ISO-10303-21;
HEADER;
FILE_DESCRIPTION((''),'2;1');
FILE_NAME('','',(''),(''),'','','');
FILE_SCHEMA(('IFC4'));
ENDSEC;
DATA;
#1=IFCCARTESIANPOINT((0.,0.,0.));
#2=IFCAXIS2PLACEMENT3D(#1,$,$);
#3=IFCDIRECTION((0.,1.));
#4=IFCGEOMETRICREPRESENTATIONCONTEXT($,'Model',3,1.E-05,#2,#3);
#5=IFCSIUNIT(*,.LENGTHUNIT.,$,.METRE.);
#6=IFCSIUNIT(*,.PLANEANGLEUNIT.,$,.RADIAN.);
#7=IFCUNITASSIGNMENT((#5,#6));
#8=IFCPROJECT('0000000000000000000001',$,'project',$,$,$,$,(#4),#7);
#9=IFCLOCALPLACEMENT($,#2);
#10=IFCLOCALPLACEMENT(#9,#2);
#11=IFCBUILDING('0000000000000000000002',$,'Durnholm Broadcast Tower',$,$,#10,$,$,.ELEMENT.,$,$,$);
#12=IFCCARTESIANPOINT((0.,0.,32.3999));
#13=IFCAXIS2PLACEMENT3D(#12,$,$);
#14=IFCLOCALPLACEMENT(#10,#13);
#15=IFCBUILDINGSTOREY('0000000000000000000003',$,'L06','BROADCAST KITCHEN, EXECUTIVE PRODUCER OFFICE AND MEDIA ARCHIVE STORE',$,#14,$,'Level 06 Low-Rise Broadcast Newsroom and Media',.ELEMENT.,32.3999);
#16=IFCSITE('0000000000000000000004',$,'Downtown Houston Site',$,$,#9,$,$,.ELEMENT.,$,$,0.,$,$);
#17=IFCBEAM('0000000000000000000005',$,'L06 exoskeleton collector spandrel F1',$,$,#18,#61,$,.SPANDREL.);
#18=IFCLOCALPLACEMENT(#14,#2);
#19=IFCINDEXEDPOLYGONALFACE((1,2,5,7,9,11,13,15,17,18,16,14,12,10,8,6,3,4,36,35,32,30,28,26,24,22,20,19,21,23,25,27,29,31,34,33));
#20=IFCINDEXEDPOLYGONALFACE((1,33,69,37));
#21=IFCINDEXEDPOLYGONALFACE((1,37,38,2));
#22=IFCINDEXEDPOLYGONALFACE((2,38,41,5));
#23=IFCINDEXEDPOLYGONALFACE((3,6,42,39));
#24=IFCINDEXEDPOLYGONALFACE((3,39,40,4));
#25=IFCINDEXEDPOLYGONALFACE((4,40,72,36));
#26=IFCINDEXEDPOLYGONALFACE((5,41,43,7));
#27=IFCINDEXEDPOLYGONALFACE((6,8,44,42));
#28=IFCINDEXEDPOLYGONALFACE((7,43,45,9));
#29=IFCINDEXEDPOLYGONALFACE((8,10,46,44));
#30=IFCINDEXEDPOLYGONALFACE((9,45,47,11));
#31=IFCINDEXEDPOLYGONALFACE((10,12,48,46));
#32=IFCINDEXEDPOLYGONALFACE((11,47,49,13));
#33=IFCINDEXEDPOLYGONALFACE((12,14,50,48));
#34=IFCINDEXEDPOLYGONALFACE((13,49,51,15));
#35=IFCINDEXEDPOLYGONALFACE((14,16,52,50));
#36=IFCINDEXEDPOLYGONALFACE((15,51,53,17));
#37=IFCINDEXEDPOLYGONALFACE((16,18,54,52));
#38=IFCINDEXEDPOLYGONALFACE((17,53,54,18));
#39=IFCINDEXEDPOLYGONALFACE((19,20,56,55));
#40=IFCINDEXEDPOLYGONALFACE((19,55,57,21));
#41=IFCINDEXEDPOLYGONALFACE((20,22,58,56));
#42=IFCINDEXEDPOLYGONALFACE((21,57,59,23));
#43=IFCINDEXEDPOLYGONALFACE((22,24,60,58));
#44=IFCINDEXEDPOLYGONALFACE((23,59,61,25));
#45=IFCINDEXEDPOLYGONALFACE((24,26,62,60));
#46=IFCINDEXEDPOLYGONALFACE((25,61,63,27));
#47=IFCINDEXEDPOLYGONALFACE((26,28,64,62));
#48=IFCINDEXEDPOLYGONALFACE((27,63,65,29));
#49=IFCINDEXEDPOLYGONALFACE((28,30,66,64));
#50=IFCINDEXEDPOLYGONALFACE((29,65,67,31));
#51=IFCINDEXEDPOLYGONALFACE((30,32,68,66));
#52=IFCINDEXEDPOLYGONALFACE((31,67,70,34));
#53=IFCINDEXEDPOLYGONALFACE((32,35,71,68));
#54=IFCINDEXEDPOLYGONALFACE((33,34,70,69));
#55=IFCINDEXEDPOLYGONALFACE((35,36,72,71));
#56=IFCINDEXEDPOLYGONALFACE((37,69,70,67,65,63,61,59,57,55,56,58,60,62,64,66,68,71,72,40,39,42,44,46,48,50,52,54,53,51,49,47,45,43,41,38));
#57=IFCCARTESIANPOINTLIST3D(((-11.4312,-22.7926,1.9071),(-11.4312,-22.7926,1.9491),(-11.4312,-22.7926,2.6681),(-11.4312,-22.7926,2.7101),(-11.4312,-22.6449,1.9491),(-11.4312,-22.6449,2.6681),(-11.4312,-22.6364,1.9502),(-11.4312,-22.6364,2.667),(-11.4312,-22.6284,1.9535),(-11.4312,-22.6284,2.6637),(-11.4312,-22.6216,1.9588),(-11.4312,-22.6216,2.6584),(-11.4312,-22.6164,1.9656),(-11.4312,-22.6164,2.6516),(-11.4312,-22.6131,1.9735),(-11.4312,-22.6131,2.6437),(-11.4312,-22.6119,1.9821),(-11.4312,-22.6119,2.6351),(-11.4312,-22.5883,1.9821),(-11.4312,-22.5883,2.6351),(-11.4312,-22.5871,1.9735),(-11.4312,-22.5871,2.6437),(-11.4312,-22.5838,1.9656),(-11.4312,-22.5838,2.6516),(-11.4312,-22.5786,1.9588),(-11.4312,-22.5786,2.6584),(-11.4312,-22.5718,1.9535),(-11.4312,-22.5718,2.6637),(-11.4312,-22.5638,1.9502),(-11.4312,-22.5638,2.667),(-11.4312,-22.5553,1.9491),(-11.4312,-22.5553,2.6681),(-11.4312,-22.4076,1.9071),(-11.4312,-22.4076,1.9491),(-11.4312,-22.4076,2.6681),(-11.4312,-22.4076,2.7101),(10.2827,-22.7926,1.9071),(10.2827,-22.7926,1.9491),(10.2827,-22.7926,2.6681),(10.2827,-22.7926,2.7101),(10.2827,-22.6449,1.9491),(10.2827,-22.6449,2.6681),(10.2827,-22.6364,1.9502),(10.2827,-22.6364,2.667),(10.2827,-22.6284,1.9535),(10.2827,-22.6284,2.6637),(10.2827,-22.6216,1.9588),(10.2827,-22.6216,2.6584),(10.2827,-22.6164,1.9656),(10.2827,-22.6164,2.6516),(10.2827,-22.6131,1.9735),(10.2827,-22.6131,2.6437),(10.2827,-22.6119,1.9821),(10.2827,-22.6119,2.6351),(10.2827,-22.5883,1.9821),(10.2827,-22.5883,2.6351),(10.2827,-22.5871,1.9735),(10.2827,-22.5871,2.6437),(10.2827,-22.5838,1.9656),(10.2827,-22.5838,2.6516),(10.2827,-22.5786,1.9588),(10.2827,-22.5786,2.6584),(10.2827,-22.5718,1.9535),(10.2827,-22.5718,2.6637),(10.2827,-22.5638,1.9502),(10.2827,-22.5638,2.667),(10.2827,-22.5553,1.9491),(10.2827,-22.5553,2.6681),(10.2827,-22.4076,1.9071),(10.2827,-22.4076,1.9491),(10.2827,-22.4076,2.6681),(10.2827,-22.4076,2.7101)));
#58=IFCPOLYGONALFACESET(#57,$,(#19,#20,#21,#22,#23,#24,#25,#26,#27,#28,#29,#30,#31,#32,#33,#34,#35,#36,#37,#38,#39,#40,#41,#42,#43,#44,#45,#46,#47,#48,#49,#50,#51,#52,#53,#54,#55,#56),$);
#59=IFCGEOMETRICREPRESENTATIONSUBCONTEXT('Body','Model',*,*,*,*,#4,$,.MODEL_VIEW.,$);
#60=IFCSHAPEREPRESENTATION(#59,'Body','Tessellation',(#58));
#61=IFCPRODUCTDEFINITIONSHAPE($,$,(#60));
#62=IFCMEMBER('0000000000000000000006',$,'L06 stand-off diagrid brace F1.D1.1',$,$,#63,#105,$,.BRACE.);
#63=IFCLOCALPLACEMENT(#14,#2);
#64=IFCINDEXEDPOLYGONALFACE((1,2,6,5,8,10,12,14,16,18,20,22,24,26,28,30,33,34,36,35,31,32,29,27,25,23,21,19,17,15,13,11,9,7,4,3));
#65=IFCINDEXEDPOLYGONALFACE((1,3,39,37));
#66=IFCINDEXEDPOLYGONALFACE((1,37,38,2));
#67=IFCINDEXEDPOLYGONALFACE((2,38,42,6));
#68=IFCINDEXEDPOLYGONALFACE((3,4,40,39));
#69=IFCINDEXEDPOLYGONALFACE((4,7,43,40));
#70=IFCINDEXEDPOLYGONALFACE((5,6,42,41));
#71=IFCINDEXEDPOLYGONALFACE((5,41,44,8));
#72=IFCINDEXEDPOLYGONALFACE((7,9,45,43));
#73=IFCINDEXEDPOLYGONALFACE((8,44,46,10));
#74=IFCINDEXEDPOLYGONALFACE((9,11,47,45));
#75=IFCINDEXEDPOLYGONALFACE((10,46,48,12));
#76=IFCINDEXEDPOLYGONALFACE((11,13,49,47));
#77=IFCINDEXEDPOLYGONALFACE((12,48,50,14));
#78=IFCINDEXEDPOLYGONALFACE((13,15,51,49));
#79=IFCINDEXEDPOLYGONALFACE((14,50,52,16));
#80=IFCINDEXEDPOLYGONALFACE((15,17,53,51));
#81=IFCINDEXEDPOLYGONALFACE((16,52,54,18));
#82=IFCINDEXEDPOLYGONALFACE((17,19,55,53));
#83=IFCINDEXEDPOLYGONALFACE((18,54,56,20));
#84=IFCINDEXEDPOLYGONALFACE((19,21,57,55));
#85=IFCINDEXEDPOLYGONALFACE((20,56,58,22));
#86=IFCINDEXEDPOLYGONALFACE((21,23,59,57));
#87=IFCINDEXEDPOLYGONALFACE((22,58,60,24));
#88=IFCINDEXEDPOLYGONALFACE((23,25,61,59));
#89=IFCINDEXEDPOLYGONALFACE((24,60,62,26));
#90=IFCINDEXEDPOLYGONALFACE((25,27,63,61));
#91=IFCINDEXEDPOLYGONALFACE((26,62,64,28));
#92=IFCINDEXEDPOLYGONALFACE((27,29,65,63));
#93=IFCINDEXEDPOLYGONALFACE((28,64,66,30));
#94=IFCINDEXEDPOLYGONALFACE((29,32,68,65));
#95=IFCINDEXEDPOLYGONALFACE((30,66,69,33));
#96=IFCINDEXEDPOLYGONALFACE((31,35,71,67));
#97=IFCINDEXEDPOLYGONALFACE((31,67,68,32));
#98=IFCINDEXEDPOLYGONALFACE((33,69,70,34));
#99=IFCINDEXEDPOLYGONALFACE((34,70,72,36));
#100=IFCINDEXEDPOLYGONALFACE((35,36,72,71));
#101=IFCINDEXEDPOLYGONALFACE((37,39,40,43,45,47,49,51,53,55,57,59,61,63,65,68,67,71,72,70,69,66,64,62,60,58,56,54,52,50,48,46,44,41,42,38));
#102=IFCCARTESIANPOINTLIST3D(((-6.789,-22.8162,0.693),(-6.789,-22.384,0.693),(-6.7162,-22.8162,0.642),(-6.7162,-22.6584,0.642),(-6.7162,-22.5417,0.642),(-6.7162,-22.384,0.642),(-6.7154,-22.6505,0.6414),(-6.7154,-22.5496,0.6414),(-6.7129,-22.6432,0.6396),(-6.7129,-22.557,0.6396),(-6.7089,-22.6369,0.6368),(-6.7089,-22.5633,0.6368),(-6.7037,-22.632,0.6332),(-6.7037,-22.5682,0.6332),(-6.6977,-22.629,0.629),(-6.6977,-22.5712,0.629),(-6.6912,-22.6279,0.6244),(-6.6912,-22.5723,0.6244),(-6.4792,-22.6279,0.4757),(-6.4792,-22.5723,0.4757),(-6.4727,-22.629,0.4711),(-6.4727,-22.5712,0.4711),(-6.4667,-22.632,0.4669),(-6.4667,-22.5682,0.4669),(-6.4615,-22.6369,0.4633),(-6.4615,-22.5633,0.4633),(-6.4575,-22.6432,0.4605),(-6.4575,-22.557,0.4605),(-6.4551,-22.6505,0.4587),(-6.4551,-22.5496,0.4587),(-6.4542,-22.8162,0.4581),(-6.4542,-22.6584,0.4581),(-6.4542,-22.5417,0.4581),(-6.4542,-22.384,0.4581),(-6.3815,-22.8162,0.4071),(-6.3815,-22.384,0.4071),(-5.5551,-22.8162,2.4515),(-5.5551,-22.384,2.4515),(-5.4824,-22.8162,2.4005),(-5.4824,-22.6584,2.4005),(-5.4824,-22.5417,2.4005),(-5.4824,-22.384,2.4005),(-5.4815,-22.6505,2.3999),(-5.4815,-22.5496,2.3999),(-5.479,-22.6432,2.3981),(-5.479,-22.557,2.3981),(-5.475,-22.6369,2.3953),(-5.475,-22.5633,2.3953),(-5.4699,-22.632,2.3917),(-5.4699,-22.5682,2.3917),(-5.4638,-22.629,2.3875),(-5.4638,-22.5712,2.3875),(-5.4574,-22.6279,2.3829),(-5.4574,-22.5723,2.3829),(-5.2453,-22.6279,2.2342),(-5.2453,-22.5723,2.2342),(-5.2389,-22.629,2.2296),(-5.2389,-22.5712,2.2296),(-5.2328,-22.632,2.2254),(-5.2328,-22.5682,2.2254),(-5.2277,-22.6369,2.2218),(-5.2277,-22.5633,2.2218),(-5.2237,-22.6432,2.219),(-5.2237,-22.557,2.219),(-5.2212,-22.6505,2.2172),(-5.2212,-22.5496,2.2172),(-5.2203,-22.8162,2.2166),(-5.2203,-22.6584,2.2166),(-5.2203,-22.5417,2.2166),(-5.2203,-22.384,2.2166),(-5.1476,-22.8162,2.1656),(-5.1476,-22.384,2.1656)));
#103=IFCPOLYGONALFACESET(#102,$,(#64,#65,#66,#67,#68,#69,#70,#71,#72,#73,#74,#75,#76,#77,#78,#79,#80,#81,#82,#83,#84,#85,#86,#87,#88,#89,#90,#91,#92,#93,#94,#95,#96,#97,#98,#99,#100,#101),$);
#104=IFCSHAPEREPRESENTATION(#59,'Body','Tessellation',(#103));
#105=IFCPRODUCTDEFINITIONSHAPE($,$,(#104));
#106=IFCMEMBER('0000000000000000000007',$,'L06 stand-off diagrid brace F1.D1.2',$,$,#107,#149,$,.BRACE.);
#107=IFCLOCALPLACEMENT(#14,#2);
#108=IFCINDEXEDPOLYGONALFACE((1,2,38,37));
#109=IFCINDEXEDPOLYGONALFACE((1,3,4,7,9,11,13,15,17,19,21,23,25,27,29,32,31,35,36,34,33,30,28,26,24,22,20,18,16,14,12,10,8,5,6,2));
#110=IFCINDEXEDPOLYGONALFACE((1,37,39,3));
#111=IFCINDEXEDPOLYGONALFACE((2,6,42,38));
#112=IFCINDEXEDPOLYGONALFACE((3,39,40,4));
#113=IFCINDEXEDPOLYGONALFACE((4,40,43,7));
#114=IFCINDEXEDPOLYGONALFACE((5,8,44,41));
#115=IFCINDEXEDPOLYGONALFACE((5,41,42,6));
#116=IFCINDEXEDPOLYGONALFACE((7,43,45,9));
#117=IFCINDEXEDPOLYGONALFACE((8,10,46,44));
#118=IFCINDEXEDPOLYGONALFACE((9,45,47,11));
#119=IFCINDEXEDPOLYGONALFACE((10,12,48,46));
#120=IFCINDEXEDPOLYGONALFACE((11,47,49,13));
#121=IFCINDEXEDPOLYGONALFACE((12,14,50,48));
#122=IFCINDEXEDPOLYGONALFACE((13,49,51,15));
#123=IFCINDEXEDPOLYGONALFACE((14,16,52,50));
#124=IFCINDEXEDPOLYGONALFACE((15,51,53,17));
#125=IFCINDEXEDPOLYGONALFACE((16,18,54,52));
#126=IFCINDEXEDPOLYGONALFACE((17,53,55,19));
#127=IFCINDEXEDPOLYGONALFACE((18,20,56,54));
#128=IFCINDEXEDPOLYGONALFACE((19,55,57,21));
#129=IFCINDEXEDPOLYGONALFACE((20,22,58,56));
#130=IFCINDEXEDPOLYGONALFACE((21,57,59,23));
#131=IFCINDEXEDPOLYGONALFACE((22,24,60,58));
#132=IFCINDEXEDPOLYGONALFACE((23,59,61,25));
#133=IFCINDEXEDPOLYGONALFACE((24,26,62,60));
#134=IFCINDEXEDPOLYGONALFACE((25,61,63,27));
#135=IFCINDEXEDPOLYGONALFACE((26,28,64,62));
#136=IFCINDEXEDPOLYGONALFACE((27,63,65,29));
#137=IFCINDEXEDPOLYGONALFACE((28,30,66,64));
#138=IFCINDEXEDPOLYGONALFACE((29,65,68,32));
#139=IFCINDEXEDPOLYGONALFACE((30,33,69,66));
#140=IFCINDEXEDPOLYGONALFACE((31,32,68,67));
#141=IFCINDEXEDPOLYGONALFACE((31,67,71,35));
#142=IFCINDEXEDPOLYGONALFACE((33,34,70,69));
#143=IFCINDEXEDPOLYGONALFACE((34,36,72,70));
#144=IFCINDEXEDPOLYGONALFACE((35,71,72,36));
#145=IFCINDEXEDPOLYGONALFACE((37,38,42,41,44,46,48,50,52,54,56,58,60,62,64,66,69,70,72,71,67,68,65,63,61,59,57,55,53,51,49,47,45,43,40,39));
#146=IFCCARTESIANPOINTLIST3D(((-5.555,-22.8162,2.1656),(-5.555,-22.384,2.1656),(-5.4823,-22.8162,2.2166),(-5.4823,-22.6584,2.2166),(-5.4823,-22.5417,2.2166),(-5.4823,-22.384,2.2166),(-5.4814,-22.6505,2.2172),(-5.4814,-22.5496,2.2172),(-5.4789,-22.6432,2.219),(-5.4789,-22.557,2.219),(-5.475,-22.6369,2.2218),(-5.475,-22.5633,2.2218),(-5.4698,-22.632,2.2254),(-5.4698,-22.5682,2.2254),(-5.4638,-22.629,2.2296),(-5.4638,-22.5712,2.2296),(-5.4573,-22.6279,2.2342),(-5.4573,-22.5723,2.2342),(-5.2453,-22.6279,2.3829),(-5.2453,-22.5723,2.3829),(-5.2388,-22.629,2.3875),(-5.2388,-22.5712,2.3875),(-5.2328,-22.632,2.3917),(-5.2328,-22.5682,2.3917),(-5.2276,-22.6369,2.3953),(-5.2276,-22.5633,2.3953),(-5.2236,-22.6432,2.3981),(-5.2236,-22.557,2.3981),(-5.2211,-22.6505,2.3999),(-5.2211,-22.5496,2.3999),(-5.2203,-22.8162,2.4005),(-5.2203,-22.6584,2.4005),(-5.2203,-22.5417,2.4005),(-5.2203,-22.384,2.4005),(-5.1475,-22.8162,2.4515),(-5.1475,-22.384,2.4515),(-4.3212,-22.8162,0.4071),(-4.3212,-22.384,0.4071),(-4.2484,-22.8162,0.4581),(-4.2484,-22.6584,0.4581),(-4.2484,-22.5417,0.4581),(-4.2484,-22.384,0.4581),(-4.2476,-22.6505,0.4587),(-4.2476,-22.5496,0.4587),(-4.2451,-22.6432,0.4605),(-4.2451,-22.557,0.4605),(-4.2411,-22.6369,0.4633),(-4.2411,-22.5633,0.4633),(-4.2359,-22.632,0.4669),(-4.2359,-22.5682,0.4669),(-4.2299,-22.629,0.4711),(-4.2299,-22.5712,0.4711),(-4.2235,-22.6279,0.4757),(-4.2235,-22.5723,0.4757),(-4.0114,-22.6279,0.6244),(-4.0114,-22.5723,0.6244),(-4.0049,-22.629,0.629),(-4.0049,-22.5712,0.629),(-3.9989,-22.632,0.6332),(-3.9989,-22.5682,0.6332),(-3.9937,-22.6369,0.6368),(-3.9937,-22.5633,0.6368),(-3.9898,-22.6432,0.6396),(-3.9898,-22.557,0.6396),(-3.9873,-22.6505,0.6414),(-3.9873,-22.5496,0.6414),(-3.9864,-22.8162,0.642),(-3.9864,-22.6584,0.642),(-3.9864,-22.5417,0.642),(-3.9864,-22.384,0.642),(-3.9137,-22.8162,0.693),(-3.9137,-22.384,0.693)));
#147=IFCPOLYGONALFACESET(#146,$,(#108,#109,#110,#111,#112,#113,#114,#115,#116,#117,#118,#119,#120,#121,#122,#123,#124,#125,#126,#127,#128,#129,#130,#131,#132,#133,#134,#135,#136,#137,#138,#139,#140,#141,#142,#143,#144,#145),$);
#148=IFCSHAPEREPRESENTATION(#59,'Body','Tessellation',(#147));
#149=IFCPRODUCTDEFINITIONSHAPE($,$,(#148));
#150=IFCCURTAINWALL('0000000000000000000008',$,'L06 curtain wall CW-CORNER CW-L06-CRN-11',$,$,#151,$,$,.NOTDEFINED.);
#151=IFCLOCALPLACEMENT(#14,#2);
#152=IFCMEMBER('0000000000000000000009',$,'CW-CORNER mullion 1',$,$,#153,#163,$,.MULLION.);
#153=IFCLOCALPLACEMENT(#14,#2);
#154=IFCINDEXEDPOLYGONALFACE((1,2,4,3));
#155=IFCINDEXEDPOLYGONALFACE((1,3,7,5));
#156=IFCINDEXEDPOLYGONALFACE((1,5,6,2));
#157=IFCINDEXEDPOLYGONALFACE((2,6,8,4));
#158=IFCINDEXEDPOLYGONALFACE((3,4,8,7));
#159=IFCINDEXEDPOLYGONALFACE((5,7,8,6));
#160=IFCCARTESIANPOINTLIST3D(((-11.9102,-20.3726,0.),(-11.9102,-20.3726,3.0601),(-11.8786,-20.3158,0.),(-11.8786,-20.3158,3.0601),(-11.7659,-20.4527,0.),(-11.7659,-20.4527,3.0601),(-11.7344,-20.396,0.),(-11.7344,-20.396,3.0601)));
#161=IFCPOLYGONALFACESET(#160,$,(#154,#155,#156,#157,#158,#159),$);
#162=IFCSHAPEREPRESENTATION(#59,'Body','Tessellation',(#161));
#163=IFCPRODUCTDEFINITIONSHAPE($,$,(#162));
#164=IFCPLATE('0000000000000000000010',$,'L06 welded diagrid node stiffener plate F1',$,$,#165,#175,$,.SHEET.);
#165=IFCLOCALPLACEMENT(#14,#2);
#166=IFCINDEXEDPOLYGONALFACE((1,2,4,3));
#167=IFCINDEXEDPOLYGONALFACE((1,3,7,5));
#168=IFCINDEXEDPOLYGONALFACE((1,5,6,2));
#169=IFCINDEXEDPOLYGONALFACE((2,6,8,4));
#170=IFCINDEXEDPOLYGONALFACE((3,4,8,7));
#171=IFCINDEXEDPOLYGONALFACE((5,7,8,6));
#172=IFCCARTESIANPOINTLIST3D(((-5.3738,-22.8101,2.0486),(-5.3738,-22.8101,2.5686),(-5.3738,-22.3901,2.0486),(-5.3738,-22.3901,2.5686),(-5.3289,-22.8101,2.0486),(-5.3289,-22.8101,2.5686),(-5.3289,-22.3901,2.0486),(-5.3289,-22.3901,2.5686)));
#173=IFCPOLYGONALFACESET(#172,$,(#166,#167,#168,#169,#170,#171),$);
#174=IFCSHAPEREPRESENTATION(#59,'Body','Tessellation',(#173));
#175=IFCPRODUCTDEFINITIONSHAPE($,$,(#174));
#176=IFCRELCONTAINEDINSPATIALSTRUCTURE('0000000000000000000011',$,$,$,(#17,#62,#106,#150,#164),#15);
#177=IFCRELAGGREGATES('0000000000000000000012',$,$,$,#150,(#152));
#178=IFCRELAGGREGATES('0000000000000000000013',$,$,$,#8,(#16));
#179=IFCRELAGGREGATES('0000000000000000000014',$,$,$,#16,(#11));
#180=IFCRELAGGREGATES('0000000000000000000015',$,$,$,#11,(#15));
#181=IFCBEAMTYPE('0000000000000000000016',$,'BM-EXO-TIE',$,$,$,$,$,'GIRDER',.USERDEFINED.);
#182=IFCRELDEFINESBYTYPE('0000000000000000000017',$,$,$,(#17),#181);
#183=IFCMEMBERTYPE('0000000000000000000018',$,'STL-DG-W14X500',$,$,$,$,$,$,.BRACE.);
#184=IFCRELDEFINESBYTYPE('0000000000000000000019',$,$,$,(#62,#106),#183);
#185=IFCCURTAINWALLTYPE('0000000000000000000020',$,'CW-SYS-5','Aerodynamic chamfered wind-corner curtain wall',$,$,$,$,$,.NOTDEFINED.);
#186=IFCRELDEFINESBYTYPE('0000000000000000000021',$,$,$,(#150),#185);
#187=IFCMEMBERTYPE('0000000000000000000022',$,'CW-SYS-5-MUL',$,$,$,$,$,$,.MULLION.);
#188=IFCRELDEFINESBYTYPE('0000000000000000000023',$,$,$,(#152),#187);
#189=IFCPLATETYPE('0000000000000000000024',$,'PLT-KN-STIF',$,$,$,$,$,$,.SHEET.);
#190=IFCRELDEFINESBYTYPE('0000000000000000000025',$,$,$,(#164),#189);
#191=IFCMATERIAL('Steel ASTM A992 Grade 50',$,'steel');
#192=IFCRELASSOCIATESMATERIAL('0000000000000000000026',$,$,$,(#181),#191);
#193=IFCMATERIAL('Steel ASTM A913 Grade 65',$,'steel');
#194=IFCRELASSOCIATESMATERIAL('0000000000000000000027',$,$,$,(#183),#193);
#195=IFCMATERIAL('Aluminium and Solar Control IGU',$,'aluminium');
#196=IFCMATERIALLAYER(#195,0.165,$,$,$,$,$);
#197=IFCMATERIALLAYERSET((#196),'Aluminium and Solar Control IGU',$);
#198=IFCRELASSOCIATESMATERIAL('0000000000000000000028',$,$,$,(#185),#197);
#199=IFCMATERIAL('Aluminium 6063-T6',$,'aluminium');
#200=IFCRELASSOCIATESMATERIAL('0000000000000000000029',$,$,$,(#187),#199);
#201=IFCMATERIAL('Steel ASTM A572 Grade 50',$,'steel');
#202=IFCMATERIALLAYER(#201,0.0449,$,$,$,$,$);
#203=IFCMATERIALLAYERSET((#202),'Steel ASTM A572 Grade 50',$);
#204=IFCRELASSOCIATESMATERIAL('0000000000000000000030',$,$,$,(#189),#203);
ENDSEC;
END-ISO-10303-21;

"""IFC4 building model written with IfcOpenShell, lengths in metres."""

from ifc_helpers import new_model, si_unit, direction, frame, origin, origin_2d, place, context, subcontext, project, spatial, rectangle, i_section, extrude, source, transform, mapped, material, layer, layer_set, material_profile, profile_set, type_object, type_shapes, element, aggregate, save


model = new_model("IFC4")

# Units and contexts
model_context = context("Model", 3, precision=1e-05, world=origin(), true_north=direction((0.0, 1.0)))
body_context = subcontext(model_context, "Body", "Model", "MODEL_VIEW")
ifc_project = project(units=[si_unit("LENGTHUNIT", "METRE"), si_unit("PLANEANGLEUNIT", "RADIAN")], contexts=[model_context])

# Site, building, storey
site_placement = place(None, origin())
site = spatial("IfcSite", under=ifc_project, at=site_placement, Name="Downtown Houston Site", CompositionType="ELEMENT", RefElevation=0.0)
building_placement = place(site_placement, origin())
building = spatial("IfcBuilding", under=site, at=building_placement, Name="Durnholm Broadcast Tower", CompositionType="ELEMENT")
storey_placement = place(building_placement, frame((0.0, 0.0, 32.3999)))
storey = spatial("IfcBuildingStorey", under=building, at=storey_placement, Name="L06", Description="BROADCAST KITCHEN, EXECUTIVE PRODUCER OFFICE AND MEDIA ARCHIVE STORE", LongName="Level 06 Low-Rise Broadcast Newsroom and Media", CompositionType="ELEMENT", Elevation=32.3999)

# Beam
ifc_material_1 = material(Name="Steel ASTM A992 Grade 50", Category="steel")
ifc_material_profile_1 = material_profile(ifc_material_1, i_section(OverallWidth=0.385, OverallDepth=0.803, WebThickness=0.0237, FlangeThickness=0.042, FilletRadius=0.033, at=origin_2d()), Name="W30X261")
ifc_profile_set_1 = profile_set([ifc_material_profile_1], Name="Steel ASTM A992 Grade 50")
beam_type_1 = type_object("IfcBeamType", Name="BM-EXO-TIE", ElementType="GIRDER", PredefinedType="USERDEFINED", material=ifc_profile_set_1)
shared_shape_1 = source(origin(), body_context, "Body", "SweptSolid", [
    extrude(i_section(OverallWidth=0.385, OverallDepth=0.803, WebThickness=0.0237, FlangeThickness=0.042, FilletRadius=0.033, at=origin_2d()), origin(), (0.0, 0.0, 1.0), 21.7139),
])
for number, where, z_axis, x_axis, name in (
    (1, (-11.4312, -22.6001, 2.3086), (1.0, 0.0, 0.0), (0.0, 1.0, 0.0), "L06 exoskeleton collector spandrel F1"),
):
    element("IfcBeam", number, at=place(storey_placement, frame(where, z_axis=z_axis, x_axis=x_axis)), inside=storey, type_object=beam_type_1, Name=name, PredefinedType="SPANDREL", context=body_context, shape_type="MappedRepresentation", body=[
        mapped(shared_shape_1, transform((0.0, 0.0, 0.0), x_axis=(1.0, 0.0, 0.0), y_axis=(0.0, 1.0, 0.0), z_axis=(0.0, 0.0, 1.0), scale=1.0)),
    ])

# Members
ifc_material_2 = material(Name="Steel ASTM A913 Grade 65", Category="steel")
ifc_material_profile_2 = material_profile(ifc_material_2, i_section(OverallWidth=0.4321, OverallDepth=0.4978, WebThickness=0.0557, FlangeThickness=0.0889, FilletRadius=0.0305, at=origin_2d()), Name="W14X500")
ifc_profile_set_2 = profile_set([ifc_material_profile_2], Name="Steel ASTM A913 Grade 65")
member_type_1 = type_object("IfcMemberType", Name="STL-DG-W14X500", PredefinedType="BRACE", material=ifc_profile_set_2)
shared_shape_2 = source(origin(), body_context, "Body", "SweptSolid", [
    extrude(i_section(OverallWidth=0.4321, OverallDepth=0.4978, WebThickness=0.0557, FlangeThickness=0.0889, FilletRadius=0.0305, at=origin_2d()), origin(), (0.0, 0.0, 1.0), 2.1482),
])
type_shapes(member_type_1, [shared_shape_2])
for number, where, z_axis, x_axis, name in (
    (2, (-6.5852, -22.6001, 0.55), (0.57437, 0.0, 0.818596), (0.0, 1.0, 0.0), "L06 stand-off diagrid brace F1.D1.1"),
    (3, (-4.1174, -22.6001, 0.55), (-0.57437, 0.0, 0.818596), (0.0, -1.0, 0.0), "L06 stand-off diagrid brace F1.D1.2"),
):
    element("IfcMember", number, at=place(storey_placement, frame(where, z_axis=z_axis, x_axis=x_axis)), inside=storey, type_object=member_type_1, Name=name, PredefinedType="BRACE", context=body_context, shape_type="MappedRepresentation", body=[
        mapped(shared_shape_2, transform((0.0, 0.0, 0.0), x_axis=(1.0, 0.0, 0.0), y_axis=(0.0, 1.0, 0.0), z_axis=(0.0, 0.0, 1.0), scale=1.0)),
    ])

# Curtain wall, member
ifc_material_3 = material(Name="Aluminium and Solar Control IGU", Category="aluminium")
ifc_layer_1 = layer(ifc_material_3, 0.165)
ifc_layer_set_1 = layer_set([ifc_layer_1], Name="Aluminium and Solar Control IGU")
curtain_wall_type = type_object("IfcCurtainWallType", Name="CW-SYS-5", Description="Aerodynamic chamfered wind-corner curtain wall", PredefinedType="NOTDEFINED", material=ifc_layer_set_1)
curtain_wall_placement = place(storey_placement, origin())
curtain_wall = element("IfcCurtainWall", 4, at=curtain_wall_placement, inside=storey, type_object=curtain_wall_type, Name="L06 curtain wall CW-CORNER CW-L06-CRN-11", PredefinedType="NOTDEFINED")
ifc_material_4 = material(Name="Aluminium 6063-T6", Category="aluminium")
ifc_material_profile_3 = material_profile(ifc_material_4, rectangle(XDim=0.0649, YDim=0.165, at=origin_2d()), Name="CWM65X165")
ifc_profile_set_3 = profile_set([ifc_material_profile_3], Name="Aluminium 6063-T6")
member_type_2 = type_object("IfcMemberType", Name="CW-SYS-5-MUL", PredefinedType="MULLION", material=ifc_profile_set_3)
shared_shape_3 = source(origin(), body_context, "Body", "SweptSolid", [
    extrude(rectangle(XDim=0.0649, YDim=0.165, at=origin_2d()), origin(), (0.0, 0.0, 1.0), 3.0601),
])
type_shapes(member_type_2, [shared_shape_3])
member_placement = place(storey_placement, frame((-11.8223, -20.3843, 0.0), z_axis=(0.0, 0.0, 1.0), x_axis=(-0.485483, -0.874246, 0.0)))
member = element("IfcMember", 5, at=member_placement, type_object=member_type_2, Name="CW-CORNER mullion 1", PredefinedType="MULLION", context=body_context, shape_type="MappedRepresentation", body=[
    mapped(shared_shape_3, transform((0.0, 0.0, 0.0), x_axis=(1.0, 0.0, 0.0), y_axis=(0.0, 1.0, 0.0), z_axis=(0.0, 0.0, 1.0), scale=1.0)),
])
aggregate(curtain_wall, [member])

# Plate
ifc_material_5 = material(Name="Steel ASTM A572 Grade 50", Category="steel")
ifc_layer_2 = layer(ifc_material_5, 0.0449)
ifc_layer_set_2 = layer_set([ifc_layer_2], Name="Steel ASTM A572 Grade 50")
plate_type_1 = type_object("IfcPlateType", Name="PLT-KN-STIF", PredefinedType="SHEET", material=ifc_layer_set_2)
shared_shape_4 = source(origin(), body_context, "Body", "SweptSolid", [
    extrude(rectangle(XDim=0.0449, YDim=0.4199, at=origin_2d()), origin(), (0.0, 0.0, 1.0), 0.52),
])
type_shapes(plate_type_1, [shared_shape_4])
plate_1_placement = place(storey_placement, frame((-5.3513, -22.6001, 2.0486), z_axis=(0.0, 0.0, 1.0), x_axis=(1.0, 0.0, 0.0)))
element("IfcPlate", 6, at=plate_1_placement, inside=storey, type_object=plate_type_1, Name="L06 welded diagrid node stiffener plate F1", PredefinedType="SHEET", context=body_context, shape_type="MappedRepresentation", body=[
    mapped(shared_shape_4, transform((0.0, 0.0, 0.0), x_axis=(1.0, 0.0, 0.0), y_axis=(0.0, 1.0, 0.0), z_axis=(0.0, 0.0, 1.0), scale=1.0)),
])

save(model, "model.ifc")
